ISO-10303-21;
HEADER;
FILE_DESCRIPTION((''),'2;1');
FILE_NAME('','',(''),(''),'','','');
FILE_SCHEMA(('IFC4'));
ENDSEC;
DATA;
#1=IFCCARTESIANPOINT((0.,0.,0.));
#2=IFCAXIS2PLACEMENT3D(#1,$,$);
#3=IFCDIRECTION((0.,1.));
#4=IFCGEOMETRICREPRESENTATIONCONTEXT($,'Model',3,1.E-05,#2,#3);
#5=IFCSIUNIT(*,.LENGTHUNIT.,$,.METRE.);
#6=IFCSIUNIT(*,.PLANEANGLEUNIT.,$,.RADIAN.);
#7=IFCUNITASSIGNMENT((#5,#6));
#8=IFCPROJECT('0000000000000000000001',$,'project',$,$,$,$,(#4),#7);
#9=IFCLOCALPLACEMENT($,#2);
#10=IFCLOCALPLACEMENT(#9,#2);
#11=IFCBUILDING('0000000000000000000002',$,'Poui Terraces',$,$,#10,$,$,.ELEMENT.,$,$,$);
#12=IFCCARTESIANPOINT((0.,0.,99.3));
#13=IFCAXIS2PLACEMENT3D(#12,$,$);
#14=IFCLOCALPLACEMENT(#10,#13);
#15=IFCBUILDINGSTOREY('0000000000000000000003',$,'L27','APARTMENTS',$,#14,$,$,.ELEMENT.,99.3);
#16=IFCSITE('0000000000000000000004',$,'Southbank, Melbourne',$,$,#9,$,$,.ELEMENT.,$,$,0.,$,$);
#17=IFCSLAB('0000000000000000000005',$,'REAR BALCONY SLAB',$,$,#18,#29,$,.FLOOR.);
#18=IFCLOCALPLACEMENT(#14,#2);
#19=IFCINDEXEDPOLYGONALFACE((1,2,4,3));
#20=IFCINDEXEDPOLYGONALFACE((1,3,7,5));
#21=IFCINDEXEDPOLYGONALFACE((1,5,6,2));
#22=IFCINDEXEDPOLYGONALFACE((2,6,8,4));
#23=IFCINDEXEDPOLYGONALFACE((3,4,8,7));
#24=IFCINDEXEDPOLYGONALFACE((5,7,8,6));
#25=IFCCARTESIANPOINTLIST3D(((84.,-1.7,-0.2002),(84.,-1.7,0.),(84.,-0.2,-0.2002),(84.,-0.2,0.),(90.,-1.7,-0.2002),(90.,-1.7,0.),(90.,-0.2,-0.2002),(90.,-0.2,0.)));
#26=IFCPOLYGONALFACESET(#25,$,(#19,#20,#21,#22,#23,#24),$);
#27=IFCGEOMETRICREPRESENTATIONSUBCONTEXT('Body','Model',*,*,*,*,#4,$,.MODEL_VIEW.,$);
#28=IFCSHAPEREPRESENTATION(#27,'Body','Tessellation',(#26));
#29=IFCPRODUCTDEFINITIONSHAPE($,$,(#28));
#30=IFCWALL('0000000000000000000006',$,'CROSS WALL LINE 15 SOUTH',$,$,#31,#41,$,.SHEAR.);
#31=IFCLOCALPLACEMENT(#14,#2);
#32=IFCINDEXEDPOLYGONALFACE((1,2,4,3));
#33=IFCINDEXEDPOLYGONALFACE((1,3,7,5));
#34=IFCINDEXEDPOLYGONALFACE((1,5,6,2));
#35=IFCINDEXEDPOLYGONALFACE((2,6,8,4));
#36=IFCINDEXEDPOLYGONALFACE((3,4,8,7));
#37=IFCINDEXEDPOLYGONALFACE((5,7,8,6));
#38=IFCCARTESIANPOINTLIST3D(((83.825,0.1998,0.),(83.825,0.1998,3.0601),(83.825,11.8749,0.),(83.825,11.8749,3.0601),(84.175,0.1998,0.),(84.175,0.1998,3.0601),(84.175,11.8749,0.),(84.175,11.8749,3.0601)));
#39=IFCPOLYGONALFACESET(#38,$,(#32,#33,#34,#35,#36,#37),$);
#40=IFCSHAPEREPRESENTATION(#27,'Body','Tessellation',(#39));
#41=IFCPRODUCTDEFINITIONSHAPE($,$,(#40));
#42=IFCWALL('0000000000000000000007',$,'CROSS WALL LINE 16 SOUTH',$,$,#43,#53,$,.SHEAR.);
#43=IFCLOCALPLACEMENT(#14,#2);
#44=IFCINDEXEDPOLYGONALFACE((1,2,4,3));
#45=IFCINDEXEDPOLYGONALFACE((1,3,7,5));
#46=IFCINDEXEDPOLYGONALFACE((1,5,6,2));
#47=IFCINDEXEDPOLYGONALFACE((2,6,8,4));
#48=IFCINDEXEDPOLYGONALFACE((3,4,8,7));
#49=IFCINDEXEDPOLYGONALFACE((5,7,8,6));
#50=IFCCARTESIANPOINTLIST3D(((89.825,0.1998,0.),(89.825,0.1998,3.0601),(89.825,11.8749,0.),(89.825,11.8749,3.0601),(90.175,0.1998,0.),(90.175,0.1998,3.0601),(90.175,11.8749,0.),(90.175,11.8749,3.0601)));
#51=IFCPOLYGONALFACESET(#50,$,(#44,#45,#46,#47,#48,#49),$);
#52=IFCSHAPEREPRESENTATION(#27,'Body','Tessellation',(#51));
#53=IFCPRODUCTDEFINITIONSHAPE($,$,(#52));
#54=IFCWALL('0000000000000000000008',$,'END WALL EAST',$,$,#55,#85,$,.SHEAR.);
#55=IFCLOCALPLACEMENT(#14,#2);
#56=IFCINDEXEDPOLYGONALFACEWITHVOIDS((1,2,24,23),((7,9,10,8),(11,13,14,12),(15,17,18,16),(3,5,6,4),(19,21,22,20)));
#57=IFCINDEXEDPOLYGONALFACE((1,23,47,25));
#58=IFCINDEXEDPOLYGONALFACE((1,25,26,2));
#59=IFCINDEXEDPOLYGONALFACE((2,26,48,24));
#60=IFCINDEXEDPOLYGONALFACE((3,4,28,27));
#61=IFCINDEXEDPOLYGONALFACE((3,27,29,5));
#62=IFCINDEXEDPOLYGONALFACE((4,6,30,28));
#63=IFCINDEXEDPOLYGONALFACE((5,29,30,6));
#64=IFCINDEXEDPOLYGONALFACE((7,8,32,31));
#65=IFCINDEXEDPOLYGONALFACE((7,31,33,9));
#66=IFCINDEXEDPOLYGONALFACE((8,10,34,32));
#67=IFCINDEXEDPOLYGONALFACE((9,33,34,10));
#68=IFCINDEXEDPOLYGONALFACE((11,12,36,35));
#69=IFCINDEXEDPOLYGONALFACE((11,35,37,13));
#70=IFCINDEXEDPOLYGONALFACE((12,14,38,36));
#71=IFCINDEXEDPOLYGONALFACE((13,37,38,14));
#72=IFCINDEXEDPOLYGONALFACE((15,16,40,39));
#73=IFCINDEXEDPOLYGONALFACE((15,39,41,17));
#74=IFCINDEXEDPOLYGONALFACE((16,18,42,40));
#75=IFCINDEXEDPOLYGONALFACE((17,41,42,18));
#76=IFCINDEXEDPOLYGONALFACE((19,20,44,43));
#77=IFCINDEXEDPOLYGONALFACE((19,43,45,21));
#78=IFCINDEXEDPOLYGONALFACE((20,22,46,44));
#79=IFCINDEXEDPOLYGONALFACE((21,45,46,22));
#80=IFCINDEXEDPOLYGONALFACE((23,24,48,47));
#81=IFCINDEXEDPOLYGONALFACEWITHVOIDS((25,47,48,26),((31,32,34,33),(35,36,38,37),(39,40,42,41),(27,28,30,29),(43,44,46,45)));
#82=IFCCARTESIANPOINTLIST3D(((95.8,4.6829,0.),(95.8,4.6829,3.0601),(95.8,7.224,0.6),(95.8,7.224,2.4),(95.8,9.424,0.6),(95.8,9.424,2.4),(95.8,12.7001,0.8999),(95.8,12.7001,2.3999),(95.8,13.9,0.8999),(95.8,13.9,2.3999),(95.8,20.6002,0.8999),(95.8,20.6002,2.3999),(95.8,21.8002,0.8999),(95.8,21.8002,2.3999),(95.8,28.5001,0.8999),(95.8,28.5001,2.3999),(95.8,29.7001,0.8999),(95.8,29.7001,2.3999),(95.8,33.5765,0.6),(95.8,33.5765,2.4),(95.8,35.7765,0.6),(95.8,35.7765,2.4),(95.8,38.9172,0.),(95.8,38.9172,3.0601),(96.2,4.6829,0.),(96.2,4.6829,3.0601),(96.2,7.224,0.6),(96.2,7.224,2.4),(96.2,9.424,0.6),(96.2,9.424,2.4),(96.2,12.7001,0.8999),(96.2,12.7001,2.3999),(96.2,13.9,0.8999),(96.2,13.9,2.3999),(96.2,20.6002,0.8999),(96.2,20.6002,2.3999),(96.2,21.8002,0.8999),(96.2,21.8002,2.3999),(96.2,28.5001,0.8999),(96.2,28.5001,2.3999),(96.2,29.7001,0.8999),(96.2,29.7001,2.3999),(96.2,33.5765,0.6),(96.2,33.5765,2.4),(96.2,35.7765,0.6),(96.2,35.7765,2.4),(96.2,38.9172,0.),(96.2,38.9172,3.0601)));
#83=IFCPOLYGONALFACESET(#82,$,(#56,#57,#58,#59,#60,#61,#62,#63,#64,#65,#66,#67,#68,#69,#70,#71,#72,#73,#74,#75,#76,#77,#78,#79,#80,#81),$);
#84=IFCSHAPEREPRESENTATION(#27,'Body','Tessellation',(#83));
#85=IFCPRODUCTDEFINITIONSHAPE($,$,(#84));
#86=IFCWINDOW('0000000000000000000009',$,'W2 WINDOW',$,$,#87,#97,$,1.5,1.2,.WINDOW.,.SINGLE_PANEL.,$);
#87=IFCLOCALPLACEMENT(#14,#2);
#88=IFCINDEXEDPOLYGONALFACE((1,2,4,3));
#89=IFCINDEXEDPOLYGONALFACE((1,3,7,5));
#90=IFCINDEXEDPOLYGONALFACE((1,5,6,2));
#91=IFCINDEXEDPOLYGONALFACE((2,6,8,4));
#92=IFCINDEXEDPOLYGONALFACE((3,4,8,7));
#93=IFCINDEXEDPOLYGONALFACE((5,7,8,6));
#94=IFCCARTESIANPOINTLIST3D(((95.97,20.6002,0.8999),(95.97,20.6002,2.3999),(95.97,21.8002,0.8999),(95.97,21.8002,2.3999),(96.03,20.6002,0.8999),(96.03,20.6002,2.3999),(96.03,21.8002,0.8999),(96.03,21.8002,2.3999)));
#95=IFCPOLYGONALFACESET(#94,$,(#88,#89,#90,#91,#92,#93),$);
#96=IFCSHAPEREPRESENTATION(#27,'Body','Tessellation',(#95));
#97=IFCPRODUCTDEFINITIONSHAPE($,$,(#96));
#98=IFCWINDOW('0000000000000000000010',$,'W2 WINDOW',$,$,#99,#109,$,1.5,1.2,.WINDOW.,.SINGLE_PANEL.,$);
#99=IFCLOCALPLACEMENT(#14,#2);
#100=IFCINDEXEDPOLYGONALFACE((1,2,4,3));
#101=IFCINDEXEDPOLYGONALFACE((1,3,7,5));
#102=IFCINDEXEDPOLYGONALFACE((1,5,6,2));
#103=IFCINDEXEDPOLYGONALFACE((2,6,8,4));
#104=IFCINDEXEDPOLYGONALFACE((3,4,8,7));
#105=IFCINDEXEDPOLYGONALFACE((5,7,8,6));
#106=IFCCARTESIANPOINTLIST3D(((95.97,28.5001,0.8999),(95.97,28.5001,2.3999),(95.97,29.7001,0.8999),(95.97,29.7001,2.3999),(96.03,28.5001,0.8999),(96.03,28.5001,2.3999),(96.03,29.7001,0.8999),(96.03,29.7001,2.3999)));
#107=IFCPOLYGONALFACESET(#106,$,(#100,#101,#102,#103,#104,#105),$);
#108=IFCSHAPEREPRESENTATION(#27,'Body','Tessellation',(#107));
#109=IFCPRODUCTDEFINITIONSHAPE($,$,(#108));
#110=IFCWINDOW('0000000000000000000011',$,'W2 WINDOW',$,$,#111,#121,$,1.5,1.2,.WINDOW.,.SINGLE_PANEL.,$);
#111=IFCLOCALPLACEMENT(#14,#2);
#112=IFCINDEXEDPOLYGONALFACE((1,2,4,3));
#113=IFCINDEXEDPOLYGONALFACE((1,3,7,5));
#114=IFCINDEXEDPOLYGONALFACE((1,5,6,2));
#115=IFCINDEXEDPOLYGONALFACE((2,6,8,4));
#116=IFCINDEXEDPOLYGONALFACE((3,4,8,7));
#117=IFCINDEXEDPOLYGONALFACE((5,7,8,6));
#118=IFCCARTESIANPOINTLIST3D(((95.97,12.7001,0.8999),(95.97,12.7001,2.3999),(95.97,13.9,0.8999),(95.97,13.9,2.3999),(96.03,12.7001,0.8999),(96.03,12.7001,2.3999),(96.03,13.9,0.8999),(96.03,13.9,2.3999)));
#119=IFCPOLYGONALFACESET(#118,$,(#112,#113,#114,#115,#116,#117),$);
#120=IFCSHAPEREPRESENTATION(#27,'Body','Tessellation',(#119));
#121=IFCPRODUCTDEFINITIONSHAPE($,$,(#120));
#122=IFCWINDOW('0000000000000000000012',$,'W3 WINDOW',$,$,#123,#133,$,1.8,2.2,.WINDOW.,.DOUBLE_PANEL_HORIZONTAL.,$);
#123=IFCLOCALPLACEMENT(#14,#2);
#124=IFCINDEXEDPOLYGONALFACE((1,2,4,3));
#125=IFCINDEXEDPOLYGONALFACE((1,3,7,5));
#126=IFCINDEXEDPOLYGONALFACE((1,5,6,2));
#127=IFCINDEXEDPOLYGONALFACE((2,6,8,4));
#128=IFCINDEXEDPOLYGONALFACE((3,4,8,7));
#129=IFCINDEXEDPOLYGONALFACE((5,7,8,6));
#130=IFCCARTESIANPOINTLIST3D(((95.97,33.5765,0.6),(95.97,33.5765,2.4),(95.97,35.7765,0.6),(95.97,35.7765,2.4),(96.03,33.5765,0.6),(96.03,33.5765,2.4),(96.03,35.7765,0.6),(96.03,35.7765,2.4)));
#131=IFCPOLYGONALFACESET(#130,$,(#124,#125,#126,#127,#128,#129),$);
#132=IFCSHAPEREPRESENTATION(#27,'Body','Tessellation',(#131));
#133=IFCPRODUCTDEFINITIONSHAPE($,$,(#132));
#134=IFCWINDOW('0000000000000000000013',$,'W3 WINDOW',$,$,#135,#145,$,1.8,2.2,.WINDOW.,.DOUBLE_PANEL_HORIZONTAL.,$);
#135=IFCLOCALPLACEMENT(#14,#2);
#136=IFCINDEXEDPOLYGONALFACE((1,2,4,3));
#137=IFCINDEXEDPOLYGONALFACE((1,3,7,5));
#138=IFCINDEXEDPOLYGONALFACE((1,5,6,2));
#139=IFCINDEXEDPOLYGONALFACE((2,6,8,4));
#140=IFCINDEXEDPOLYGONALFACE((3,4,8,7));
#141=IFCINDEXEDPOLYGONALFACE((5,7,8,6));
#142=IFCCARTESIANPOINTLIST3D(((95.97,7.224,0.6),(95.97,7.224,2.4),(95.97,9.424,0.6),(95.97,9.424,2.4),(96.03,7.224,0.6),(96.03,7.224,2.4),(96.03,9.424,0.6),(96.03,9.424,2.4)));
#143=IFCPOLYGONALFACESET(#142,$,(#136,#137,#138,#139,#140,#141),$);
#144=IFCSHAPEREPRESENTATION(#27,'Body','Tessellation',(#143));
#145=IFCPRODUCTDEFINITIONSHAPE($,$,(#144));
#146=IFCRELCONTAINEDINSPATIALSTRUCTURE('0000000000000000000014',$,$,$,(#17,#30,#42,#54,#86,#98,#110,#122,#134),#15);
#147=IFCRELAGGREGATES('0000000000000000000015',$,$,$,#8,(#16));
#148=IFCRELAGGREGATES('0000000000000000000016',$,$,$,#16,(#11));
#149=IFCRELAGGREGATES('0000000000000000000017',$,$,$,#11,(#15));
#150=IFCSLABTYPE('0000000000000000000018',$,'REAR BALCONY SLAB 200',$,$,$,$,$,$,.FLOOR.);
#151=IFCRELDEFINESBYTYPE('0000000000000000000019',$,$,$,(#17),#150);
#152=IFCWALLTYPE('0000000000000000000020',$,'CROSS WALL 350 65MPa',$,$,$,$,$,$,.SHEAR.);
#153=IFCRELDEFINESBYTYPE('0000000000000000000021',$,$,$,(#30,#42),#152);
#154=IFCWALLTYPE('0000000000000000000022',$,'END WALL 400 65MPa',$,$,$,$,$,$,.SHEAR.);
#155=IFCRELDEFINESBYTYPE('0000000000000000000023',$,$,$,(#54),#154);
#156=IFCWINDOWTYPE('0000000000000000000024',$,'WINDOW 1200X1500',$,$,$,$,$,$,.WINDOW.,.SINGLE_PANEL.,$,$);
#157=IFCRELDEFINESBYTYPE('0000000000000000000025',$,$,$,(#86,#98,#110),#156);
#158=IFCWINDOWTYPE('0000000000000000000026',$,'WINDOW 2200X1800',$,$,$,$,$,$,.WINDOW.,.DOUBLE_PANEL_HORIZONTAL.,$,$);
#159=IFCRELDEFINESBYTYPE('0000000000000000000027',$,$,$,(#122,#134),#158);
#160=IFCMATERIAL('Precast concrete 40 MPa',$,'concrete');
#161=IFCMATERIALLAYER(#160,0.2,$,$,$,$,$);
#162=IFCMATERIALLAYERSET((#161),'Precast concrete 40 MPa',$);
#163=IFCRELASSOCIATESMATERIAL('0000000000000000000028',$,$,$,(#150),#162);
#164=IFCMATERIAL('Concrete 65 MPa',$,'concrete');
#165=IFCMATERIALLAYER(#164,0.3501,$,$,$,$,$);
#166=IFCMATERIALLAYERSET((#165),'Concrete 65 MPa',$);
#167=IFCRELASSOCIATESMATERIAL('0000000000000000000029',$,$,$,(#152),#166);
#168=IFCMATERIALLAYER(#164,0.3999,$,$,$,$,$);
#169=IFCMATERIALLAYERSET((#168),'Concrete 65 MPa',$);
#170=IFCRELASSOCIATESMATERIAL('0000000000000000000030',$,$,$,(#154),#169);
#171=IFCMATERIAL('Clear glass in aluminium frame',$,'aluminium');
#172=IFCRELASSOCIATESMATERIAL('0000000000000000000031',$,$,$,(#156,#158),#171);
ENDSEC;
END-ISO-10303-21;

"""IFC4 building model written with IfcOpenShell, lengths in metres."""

from ifc_helpers import new_model, si_unit, direction, frame, frame_2d, origin, place, context, subcontext, project, spatial, polyline, rectangle, outline, extrude, source, transform, mapped, material, layer, layer_set, type_object, element, fill, save


model = new_model("IFC4")

# Units and contexts
model_context = context("Model", 3, precision=1e-05, world=origin(), true_north=direction((0.0, 1.0)))
body_context = subcontext(model_context, "Body", "Model", "MODEL_VIEW")
ifc_project = project(units=[si_unit("LENGTHUNIT", "METRE"), si_unit("PLANEANGLEUNIT", "RADIAN")], contexts=[model_context])

# Site, building, storey
site_placement = place(None, origin())
site = spatial("IfcSite", under=ifc_project, at=site_placement, Name="Southbank, Melbourne", CompositionType="ELEMENT", RefElevation=0.0)
building_placement = place(site_placement, origin())
building = spatial("IfcBuilding", under=site, at=building_placement, Name="Poui Terraces", CompositionType="ELEMENT")
storey_placement = place(building_placement, frame((0.0, 0.0, 99.3)))
storey = spatial("IfcBuildingStorey", under=building, at=storey_placement, Name="L27", Description="APARTMENTS", CompositionType="ELEMENT", Elevation=99.3)

# Slab
ifc_material_1 = material(Name="Precast concrete 40 MPa", Category="concrete")
ifc_layer_1 = layer(ifc_material_1, 0.2)
ifc_layer_set_1 = layer_set([ifc_layer_1], Name="Precast concrete 40 MPa")
slab_type = type_object("IfcSlabType", Name="REAR BALCONY SLAB 200", PredefinedType="FLOOR", material=ifc_layer_set_1)
shared_shape_1 = source(origin(), body_context, "Body", "SweptSolid", [
    extrude(outline(polyline([(0.0, 0.0), (6.0, 0.0), (6.0, 1.5), (0.0, 1.5), (0.0, 0.0)])), origin(), (0.0, 0.0, 1.0), 0.2002),
])
slab_placement = place(storey_placement, frame((84.0, -1.7, -0.2002)))
element("IfcSlab", 1, at=slab_placement, inside=storey, type_object=slab_type, Name="REAR BALCONY SLAB", PredefinedType="FLOOR", context=body_context, shape_type="MappedRepresentation", body=[
    mapped(shared_shape_1, transform((0.0, 0.0, 0.0))),
])

# Walls
ifc_material_2 = material(Name="Concrete 65 MPa", Category="concrete")
ifc_layer_2 = layer(ifc_material_2, 0.3501)
ifc_layer_set_2 = layer_set([ifc_layer_2], Name="Concrete 65 MPa")
wall_type_1 = type_object("IfcWallType", Name="CROSS WALL 350 65MPa", PredefinedType="SHEAR", material=ifc_layer_set_2)
for number, where, z_axis, x_axis, name in (
    (2, (84.0, 0.2, 0.0), (0.0, 0.0, 1.0), (0.0, 1.0, 0.0), "CROSS WALL LINE 15 SOUTH"),
    (3, (90.0, 0.2, 0.0), (0.0, 0.0, 1.0), (0.0, 1.0, 0.0), "CROSS WALL LINE 16 SOUTH"),
):
    element("IfcWall", number, at=place(storey_placement, frame(where, z_axis=z_axis, x_axis=x_axis)), inside=storey, type_object=wall_type_1, Name=name, PredefinedType="SHEAR", context=body_context, shape_type="SweptSolid", body=[
        extrude(rectangle(XDim=11.675, YDim=0.3501, at=frame_2d((5.8374, 0.0))), origin(), (0.0, 0.0, 1.0), 3.0601),
    ])

# Wall, openings, windows
ifc_layer_3 = layer(ifc_material_2, 0.3999)
ifc_layer_set_3 = layer_set([ifc_layer_3], Name="Concrete 65 MPa")
wall_type_2 = type_object("IfcWallType", Name="END WALL 400 65MPa", PredefinedType="SHEAR", material=ifc_layer_set_3)
wall_1_placement = place(storey_placement, frame((96.0, 4.6829, 0.0), z_axis=(0.0, 0.0, 1.0), x_axis=(0.0, 1.0, 0.0)))
wall_1 = element("IfcWall", 4, at=wall_1_placement, inside=storey, type_object=wall_type_2, Name="END WALL EAST", PredefinedType="SHEAR", context=body_context, shape_type="SweptSolid", body=[
    extrude(rectangle(XDim=34.2344, YDim=0.3999, at=frame_2d((17.1172, 0.0))), origin(), (0.0, 0.0, 1.0), 3.0601),
])
opening_1_placement = place(wall_1_placement, frame((15.9172, 0.0, 0.8999)))
opening_1 = element("IfcOpeningElement", 5, at=opening_1_placement, cuts=wall_1, PredefinedType="OPENING", context=body_context, shape_type="SweptSolid", body=[
    extrude(rectangle(XDim=1.2, YDim=1.5, at=frame_2d((0.6001, 0.75))), frame((0.0, 0.21, 0.0), z_axis=(0.0, -1.0, 0.0), x_axis=(1.0, 0.0, 0.0)), (0.0, 0.0, 1.0), 0.4199),
])
opening_2_placement = place(wall_1_placement, frame((23.8171, 0.0, 0.8999)))
opening_2 = element("IfcOpeningElement", 6, at=opening_2_placement, cuts=wall_1, PredefinedType="OPENING", context=body_context, shape_type="SweptSolid", body=[
    extrude(rectangle(XDim=1.2, YDim=1.5, at=frame_2d((0.6001, 0.75))), frame((0.0, 0.21, 0.0), z_axis=(0.0, -1.0, 0.0), x_axis=(1.0, 0.0, 0.0)), (0.0, 0.0, 1.0), 0.4199),
])
opening_3_placement = place(wall_1_placement, frame((8.0171, 0.0, 0.8999)))
opening_3 = element("IfcOpeningElement", 7, at=opening_3_placement, cuts=wall_1, PredefinedType="OPENING", context=body_context, shape_type="SweptSolid", body=[
    extrude(rectangle(XDim=1.2, YDim=1.5, at=frame_2d((0.6001, 0.75))), frame((0.0, 0.21, 0.0), z_axis=(0.0, -1.0, 0.0), x_axis=(1.0, 0.0, 0.0)), (0.0, 0.0, 1.0), 0.4199),
])
opening_4_placement = place(wall_1_placement, frame((28.8936, 0.0, 0.6001)))
opening_4 = element("IfcOpeningElement", 8, at=opening_4_placement, cuts=wall_1, PredefinedType="OPENING", context=body_context, shape_type="SweptSolid", body=[
    extrude(rectangle(XDim=2.2, YDim=1.8, at=frame_2d((1.1001, 0.8999))), frame((0.0, 0.21, 0.0), z_axis=(0.0, -1.0, 0.0), x_axis=(1.0, 0.0, 0.0)), (0.0, 0.0, 1.0), 0.4199),
])
opening_5_placement = place(wall_1_placement, frame((2.541, 0.0, 0.6001)))
opening_5 = element("IfcOpeningElement", 9, at=opening_5_placement, cuts=wall_1, PredefinedType="OPENING", context=body_context, shape_type="SweptSolid", body=[
    extrude(rectangle(XDim=2.2, YDim=1.8, at=frame_2d((1.1001, 0.8999))), frame((0.0, 0.21, 0.0), z_axis=(0.0, -1.0, 0.0), x_axis=(1.0, 0.0, 0.0)), (0.0, 0.0, 1.0), 0.4199),
])
ifc_material_3 = material(Name="Clear glass in aluminium frame", Category="aluminium")
window_type_1 = type_object("IfcWindowType", Name="WINDOW 1200X1500", PartitioningType="SINGLE_PANEL", PredefinedType="WINDOW", material=ifc_material_3)
window_1_placement = place(opening_1_placement, origin())
window_1 = element("IfcWindow", 10, at=window_1_placement, inside=storey, type_object=window_type_1, Name="W2 WINDOW", OverallHeight=1.5, OverallWidth=1.2, PartitioningType="SINGLE_PANEL", PredefinedType="WINDOW", context=body_context, shape_type="SweptSolid", body=[
    extrude(rectangle(XDim=1.2, YDim=1.5, at=frame_2d((0.6001, 0.75))), frame((0.0, 0.03, 0.0), z_axis=(0.0, -1.0, 0.0), x_axis=(1.0, 0.0, 0.0)), (0.0, 0.0, 1.0), 0.0601),
])
fill(opening_1, window_1)
window_2_placement = place(opening_2_placement, origin())
window_2 = element("IfcWindow", 11, at=window_2_placement, inside=storey, type_object=window_type_1, Name="W2 WINDOW", OverallHeight=1.5, OverallWidth=1.2, PartitioningType="SINGLE_PANEL", PredefinedType="WINDOW", context=body_context, shape_type="SweptSolid", body=[
    extrude(rectangle(XDim=1.2, YDim=1.5, at=frame_2d((0.6001, 0.75))), frame((0.0, 0.03, 0.0), z_axis=(0.0, -1.0, 0.0), x_axis=(1.0, 0.0, 0.0)), (0.0, 0.0, 1.0), 0.0601),
])
fill(opening_2, window_2)
window_3_placement = place(opening_3_placement, origin())
window_3 = element("IfcWindow", 12, at=window_3_placement, inside=storey, type_object=window_type_1, Name="W2 WINDOW", OverallHeight=1.5, OverallWidth=1.2, PartitioningType="SINGLE_PANEL", PredefinedType="WINDOW", context=body_context, shape_type="SweptSolid", body=[
    extrude(rectangle(XDim=1.2, YDim=1.5, at=frame_2d((0.6001, 0.75))), frame((0.0, 0.03, 0.0), z_axis=(0.0, -1.0, 0.0), x_axis=(1.0, 0.0, 0.0)), (0.0, 0.0, 1.0), 0.0601),
])
fill(opening_3, window_3)
window_type_2 = type_object("IfcWindowType", Name="WINDOW 2200X1800", PartitioningType="DOUBLE_PANEL_HORIZONTAL", PredefinedType="WINDOW", material=ifc_material_3)
window_4_placement = place(opening_4_placement, origin())
window_4 = element("IfcWindow", 13, at=window_4_placement, inside=storey, type_object=window_type_2, Name="W3 WINDOW", OverallHeight=1.8, OverallWidth=2.2, PartitioningType="DOUBLE_PANEL_HORIZONTAL", PredefinedType="WINDOW", context=body_context, shape_type="SweptSolid", body=[
    extrude(rectangle(XDim=2.2, YDim=1.8, at=frame_2d((1.1001, 0.8999))), frame((0.0, 0.03, 0.0), z_axis=(0.0, -1.0, 0.0), x_axis=(1.0, 0.0, 0.0)), (0.0, 0.0, 1.0), 0.0601),
])
fill(opening_4, window_4)
window_5_placement = place(opening_5_placement, origin())
window_5 = element("IfcWindow", 14, at=window_5_placement, inside=storey, type_object=window_type_2, Name="W3 WINDOW", OverallHeight=1.8, OverallWidth=2.2, PartitioningType="DOUBLE_PANEL_HORIZONTAL", PredefinedType="WINDOW", context=body_context, shape_type="SweptSolid", body=[
    extrude(rectangle(XDim=2.2, YDim=1.8, at=frame_2d((1.1001, 0.8999))), frame((0.0, 0.03, 0.0), z_axis=(0.0, -1.0, 0.0), x_axis=(1.0, 0.0, 0.0)), (0.0, 0.0, 1.0), 0.0601),
])
fill(opening_5, window_5)

save(model, "model.ifc")
